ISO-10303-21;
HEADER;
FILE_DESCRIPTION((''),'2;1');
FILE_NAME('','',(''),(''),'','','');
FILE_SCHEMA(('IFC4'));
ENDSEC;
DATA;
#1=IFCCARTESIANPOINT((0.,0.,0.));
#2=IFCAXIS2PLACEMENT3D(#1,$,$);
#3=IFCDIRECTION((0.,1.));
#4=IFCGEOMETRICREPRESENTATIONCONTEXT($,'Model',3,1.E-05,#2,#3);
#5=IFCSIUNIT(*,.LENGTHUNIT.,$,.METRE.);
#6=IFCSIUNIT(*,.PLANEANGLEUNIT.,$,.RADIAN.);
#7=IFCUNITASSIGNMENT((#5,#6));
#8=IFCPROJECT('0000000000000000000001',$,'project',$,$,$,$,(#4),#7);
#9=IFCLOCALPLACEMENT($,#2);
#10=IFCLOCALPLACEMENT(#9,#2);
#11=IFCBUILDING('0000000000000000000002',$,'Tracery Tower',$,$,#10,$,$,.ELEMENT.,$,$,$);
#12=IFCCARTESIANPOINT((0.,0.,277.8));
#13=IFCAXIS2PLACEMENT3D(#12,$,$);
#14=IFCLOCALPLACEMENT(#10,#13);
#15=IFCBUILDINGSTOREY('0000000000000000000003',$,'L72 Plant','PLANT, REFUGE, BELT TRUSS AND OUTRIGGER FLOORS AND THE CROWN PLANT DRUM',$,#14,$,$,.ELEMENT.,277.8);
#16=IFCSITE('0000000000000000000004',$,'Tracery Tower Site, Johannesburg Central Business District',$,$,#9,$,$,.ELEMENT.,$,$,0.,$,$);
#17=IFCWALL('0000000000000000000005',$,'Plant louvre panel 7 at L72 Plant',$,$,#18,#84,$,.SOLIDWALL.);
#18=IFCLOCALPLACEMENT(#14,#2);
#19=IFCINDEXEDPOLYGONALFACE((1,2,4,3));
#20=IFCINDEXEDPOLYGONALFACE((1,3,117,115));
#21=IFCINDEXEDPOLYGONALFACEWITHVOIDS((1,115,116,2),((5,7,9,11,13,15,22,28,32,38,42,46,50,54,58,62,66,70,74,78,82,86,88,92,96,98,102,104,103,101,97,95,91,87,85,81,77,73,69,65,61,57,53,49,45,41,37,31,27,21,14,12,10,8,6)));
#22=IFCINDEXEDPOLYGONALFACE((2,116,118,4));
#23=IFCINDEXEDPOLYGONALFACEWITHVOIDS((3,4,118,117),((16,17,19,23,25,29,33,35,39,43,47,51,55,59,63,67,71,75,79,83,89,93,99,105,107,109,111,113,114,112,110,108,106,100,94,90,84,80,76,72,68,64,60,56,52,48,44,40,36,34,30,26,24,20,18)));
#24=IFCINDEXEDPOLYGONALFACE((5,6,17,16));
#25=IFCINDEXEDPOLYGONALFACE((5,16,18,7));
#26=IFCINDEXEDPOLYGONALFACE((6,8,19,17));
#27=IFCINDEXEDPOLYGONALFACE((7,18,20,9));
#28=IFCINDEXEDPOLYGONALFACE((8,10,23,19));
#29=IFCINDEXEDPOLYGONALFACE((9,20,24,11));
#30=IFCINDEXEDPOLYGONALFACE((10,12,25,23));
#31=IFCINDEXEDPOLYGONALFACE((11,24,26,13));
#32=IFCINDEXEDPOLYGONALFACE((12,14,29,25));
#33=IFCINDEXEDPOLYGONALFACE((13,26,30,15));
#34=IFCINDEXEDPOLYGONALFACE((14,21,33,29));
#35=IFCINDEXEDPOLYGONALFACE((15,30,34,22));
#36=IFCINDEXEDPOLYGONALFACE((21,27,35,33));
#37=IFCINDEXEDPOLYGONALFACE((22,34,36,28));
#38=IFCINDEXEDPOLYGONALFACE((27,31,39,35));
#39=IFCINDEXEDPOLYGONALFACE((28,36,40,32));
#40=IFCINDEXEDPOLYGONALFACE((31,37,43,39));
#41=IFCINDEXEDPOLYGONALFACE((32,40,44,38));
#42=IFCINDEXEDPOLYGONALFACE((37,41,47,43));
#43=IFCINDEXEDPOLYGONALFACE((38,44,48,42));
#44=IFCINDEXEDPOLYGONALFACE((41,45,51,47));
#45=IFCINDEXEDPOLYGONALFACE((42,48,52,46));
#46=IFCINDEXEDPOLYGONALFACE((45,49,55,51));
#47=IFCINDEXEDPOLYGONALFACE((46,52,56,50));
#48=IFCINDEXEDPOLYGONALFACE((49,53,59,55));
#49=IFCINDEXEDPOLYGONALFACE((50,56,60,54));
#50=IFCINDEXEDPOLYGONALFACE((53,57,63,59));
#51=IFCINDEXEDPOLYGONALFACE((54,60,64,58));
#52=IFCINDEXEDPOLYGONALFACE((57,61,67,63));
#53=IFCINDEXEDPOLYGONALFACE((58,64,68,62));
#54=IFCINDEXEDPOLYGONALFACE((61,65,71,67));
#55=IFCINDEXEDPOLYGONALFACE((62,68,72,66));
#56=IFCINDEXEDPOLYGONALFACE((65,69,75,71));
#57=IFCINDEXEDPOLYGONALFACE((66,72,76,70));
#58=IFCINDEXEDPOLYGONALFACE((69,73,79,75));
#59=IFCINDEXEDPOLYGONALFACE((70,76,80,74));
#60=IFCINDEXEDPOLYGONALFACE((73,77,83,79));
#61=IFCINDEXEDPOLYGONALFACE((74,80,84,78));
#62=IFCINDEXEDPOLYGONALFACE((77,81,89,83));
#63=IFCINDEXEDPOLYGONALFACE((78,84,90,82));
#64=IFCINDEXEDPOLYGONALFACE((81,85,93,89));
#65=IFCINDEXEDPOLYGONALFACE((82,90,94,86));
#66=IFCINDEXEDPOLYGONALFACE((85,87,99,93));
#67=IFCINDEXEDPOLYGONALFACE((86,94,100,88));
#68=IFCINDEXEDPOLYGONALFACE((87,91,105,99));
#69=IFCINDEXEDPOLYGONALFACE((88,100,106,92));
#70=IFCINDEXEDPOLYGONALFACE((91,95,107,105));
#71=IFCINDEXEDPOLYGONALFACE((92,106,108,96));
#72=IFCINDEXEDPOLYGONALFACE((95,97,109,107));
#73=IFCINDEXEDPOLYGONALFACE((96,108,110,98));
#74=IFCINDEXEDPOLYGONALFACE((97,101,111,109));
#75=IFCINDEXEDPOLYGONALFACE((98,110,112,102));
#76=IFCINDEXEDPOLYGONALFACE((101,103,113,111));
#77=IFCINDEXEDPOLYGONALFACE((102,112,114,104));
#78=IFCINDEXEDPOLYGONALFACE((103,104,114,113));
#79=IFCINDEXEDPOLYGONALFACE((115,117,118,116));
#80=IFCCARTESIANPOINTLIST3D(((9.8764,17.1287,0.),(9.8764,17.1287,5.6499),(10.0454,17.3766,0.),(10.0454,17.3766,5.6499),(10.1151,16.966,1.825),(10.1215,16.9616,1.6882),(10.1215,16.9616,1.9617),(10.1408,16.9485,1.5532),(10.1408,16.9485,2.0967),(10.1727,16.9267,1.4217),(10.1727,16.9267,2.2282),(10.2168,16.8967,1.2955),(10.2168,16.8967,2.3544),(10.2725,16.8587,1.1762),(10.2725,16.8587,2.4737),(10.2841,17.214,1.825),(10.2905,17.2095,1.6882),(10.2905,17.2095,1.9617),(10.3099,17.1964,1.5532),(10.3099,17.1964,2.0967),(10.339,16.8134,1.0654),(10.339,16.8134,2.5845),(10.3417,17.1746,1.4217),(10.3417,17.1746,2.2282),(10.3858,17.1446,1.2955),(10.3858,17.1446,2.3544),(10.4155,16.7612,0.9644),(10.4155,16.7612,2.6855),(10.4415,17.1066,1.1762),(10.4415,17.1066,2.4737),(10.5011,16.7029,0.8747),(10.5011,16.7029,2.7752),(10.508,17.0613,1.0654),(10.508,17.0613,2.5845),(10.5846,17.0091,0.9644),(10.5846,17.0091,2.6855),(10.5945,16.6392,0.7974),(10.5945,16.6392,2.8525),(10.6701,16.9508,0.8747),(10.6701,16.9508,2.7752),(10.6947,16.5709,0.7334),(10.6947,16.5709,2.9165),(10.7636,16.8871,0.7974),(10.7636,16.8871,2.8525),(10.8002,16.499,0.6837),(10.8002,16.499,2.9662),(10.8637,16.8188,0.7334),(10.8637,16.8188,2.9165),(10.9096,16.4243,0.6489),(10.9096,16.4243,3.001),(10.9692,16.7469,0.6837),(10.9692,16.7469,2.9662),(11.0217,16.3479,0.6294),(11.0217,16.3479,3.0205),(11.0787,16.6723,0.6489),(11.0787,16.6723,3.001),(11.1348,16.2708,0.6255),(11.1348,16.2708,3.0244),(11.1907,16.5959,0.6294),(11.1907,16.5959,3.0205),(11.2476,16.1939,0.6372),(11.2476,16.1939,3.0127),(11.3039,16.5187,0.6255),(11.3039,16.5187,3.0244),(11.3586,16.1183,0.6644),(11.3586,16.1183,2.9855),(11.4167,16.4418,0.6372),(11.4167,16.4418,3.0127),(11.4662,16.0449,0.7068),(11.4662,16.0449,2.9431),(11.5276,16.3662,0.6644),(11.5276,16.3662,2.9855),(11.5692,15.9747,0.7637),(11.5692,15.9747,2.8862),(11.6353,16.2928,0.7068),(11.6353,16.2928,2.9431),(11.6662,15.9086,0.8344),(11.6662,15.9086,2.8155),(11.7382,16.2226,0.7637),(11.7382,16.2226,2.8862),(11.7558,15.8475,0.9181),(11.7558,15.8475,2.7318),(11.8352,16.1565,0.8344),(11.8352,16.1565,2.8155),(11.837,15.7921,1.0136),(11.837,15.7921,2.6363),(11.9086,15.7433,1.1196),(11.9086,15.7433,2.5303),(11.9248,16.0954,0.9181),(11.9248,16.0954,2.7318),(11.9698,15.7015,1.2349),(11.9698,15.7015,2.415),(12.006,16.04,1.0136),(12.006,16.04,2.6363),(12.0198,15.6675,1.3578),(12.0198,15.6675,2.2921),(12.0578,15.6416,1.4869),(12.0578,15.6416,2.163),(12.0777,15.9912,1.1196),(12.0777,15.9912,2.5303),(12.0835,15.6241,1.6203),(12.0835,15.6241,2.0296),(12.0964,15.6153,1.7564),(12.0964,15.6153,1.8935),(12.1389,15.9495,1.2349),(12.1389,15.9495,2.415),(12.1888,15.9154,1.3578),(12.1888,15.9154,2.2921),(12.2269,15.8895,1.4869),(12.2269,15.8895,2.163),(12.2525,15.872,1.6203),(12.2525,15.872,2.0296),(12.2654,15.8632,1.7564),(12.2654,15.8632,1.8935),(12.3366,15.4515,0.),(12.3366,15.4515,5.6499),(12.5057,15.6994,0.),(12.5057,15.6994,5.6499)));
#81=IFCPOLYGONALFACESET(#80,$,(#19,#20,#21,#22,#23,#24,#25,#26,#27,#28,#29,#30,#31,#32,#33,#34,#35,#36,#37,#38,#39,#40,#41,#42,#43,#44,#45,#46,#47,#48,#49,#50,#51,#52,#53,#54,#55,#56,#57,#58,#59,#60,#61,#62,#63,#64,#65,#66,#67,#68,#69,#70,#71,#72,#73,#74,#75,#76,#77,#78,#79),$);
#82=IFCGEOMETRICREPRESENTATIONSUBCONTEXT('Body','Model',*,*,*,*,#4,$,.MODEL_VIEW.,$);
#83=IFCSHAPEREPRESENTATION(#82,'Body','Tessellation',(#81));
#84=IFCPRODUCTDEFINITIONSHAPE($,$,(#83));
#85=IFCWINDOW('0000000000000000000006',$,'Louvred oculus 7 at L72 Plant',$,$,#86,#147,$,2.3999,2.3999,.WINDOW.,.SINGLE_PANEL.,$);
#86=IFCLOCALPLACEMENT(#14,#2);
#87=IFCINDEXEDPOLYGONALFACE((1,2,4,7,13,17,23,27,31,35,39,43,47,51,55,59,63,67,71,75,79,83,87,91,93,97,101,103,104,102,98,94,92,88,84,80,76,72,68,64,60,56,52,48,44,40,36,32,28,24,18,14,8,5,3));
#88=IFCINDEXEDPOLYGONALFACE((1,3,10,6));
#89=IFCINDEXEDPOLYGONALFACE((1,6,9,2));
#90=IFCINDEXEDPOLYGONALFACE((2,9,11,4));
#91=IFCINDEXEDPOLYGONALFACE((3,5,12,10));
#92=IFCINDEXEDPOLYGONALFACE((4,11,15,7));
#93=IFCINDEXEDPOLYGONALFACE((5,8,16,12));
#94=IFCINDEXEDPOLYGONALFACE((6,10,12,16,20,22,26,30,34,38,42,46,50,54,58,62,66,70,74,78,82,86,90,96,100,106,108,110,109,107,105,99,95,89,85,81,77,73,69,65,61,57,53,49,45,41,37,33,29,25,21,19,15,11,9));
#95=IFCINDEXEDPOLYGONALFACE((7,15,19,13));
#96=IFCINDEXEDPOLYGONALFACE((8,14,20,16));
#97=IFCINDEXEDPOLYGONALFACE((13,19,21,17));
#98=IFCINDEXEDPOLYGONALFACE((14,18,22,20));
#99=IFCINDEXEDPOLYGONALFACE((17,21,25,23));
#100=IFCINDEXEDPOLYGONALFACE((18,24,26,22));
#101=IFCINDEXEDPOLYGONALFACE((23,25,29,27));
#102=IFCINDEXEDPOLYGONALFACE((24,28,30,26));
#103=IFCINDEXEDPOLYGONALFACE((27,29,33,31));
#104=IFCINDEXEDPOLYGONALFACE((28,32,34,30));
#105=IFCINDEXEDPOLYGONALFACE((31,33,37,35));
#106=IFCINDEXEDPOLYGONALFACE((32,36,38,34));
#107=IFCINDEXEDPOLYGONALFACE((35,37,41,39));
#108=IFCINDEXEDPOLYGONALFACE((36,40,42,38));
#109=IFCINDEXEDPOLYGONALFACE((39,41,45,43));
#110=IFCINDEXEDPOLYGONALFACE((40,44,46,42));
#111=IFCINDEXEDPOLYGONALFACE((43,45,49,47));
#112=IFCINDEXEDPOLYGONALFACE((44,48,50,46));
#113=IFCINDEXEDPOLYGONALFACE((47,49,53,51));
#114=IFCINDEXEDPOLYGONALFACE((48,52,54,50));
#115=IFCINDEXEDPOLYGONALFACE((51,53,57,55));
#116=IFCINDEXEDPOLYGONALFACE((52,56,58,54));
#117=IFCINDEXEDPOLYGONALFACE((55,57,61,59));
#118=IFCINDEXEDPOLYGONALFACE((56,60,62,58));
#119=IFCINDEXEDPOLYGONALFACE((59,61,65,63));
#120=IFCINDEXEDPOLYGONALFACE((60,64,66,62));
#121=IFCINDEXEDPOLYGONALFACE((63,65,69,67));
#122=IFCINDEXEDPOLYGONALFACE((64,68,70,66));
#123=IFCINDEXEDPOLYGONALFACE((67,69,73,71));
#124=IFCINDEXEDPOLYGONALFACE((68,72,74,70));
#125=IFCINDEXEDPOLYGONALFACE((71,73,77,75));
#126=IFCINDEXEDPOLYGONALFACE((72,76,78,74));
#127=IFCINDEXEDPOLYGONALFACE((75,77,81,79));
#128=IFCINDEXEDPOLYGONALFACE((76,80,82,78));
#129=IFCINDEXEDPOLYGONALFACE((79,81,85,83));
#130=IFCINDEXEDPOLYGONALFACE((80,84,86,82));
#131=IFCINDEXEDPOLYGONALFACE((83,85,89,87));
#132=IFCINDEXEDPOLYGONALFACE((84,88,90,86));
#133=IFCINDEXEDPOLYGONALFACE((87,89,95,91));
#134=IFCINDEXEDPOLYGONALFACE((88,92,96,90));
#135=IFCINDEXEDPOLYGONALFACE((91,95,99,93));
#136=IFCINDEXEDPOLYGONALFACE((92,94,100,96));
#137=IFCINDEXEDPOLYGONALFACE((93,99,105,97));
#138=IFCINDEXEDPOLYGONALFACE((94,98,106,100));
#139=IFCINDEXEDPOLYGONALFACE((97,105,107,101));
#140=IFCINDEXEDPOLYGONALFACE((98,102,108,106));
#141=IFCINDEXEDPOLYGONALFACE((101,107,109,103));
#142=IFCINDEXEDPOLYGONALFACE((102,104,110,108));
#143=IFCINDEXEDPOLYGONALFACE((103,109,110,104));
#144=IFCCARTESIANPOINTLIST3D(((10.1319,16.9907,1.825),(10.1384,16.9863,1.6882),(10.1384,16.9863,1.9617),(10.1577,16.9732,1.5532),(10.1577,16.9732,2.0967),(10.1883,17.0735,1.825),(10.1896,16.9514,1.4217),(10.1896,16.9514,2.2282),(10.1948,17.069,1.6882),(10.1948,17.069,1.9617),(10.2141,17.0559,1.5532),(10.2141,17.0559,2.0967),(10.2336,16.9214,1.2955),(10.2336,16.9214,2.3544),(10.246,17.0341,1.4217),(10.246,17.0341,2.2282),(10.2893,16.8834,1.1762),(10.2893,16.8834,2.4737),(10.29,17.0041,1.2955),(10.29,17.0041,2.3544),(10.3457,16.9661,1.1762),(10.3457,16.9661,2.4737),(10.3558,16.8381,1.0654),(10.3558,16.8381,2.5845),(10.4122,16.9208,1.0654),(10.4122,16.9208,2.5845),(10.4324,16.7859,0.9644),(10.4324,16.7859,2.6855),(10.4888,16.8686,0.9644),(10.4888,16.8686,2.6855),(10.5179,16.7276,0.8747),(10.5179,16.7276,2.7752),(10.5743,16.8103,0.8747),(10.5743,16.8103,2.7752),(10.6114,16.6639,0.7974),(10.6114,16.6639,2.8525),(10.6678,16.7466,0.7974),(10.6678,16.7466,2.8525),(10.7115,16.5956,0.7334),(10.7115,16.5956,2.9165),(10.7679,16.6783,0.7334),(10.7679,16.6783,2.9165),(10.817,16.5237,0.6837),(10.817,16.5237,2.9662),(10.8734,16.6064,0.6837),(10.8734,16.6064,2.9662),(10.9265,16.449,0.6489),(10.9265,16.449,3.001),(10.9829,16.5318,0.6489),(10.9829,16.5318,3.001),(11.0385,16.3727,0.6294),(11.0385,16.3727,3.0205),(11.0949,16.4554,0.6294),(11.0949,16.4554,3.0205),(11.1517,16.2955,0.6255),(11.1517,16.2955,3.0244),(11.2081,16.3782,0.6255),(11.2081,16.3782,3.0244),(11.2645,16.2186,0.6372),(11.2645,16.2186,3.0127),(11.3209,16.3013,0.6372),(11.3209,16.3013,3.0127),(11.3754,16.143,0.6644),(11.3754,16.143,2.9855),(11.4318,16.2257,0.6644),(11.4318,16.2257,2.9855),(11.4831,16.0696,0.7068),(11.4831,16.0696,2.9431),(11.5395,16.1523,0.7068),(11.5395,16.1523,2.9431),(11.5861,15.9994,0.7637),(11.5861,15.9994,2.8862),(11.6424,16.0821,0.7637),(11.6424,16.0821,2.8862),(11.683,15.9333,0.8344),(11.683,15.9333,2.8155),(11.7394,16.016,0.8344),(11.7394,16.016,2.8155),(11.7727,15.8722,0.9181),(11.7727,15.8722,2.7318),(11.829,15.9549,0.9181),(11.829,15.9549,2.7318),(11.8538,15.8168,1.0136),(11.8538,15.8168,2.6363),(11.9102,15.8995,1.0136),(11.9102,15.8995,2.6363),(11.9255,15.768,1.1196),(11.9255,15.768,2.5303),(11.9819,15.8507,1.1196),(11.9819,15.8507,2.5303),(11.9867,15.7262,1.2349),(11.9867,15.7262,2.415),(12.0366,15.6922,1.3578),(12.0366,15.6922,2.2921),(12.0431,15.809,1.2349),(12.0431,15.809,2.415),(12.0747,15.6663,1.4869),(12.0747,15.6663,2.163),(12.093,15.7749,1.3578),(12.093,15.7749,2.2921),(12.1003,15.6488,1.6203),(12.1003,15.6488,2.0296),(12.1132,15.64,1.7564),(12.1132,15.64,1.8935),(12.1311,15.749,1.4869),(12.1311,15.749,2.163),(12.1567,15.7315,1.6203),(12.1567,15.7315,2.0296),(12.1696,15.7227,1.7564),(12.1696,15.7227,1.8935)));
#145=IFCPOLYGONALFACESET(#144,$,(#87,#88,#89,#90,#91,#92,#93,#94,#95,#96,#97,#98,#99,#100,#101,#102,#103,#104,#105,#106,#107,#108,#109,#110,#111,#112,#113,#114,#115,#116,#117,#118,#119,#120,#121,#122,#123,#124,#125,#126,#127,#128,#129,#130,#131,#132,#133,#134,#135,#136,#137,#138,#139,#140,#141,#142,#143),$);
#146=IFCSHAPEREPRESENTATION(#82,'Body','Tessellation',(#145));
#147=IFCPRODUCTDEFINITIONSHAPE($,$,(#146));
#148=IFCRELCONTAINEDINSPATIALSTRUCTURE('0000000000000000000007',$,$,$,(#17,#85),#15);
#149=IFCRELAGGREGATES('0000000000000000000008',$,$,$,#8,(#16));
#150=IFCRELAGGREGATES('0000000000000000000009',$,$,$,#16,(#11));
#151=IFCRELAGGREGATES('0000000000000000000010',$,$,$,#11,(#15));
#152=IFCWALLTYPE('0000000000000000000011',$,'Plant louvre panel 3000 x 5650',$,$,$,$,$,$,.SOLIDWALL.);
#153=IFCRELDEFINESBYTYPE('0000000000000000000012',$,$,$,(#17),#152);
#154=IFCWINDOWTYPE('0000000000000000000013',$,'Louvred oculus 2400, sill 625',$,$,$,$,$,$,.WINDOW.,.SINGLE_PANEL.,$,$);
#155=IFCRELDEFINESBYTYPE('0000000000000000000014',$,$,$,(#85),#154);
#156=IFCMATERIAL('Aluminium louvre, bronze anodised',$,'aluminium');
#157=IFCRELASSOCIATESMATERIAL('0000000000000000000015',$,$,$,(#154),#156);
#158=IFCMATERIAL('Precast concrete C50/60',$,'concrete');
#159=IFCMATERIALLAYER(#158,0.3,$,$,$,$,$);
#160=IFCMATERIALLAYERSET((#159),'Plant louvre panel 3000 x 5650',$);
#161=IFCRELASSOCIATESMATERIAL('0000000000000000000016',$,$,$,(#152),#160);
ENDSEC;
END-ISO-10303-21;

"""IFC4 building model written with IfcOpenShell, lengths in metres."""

from ifc_helpers import new_model, si_unit, direction, frame, frame_2d, origin, origin_2d, place, context, subcontext, project, spatial, rectangle, circle, extrude, material, layer, layer_set, type_object, element, fill, save


model = new_model("IFC4")

# Units and contexts
model_context = context("Model", 3, precision=1e-05, world=origin(), true_north=direction((0.0, 1.0)))
body_context = subcontext(model_context, "Body", "Model", "MODEL_VIEW")
ifc_project = project(units=[si_unit("LENGTHUNIT", "METRE"), si_unit("PLANEANGLEUNIT", "RADIAN")], contexts=[model_context])

# Site, building, storey
site_placement = place(None, origin())
site = spatial("IfcSite", under=ifc_project, at=site_placement, Name="Tracery Tower Site, Johannesburg Central Business District", CompositionType="ELEMENT", RefElevation=0.0)
building_placement = place(site_placement, origin())
building = spatial("IfcBuilding", under=site, at=building_placement, Name="Tracery Tower", CompositionType="ELEMENT")
storey_placement = place(building_placement, frame((0.0, 0.0, 277.8)))
storey = spatial("IfcBuildingStorey", under=building, at=storey_placement, Name="L72 Plant", Description="PLANT, REFUGE, BELT TRUSS AND OUTRIGGER FLOORS AND THE CROWN PLANT DRUM", CompositionType="ELEMENT", Elevation=277.8)

# Wall, opening, window
ifc_material_1 = material(Name="Aluminium louvre, bronze anodised", Category="aluminium")
window_type = type_object("IfcWindowType", Name="Louvred oculus 2400, sill 625", PartitioningType="SINGLE_PANEL", PredefinedType="WINDOW", material=ifc_material_1)
ifc_material_2 = material(Name="Precast concrete C50/60", Category="concrete")
ifc_layer_1 = layer(ifc_material_2, 0.3)
ifc_layer_set_1 = layer_set([ifc_layer_1], Name="Plant louvre panel 3000 x 5650")
wall_type_1 = type_object("IfcWallType", Name="Plant louvre panel 3000 x 5650", PredefinedType="SOLIDWALL", material=ifc_layer_set_1)
wall_1_placement = place(storey_placement, frame((12.4211, 15.5754, 0.0), z_axis=(0.0, 0.0, 1.0), x_axis=(-0.826253, 0.563299, 0.0)))
wall_1 = element("IfcWall", 1, at=wall_1_placement, inside=storey, type_object=wall_type_1, Name="Plant louvre panel 7 at L72 Plant", PredefinedType="SOLIDWALL", context=body_context, shape_type="SweptSolid", body=[
    extrude(rectangle(XDim=2.9775, YDim=0.3, at=frame_2d((1.4888, 0.0))), origin(), (0.0, 0.0, 1.0), 5.6499),
])
opening_1_placement = place(wall_1_placement, frame((1.4888, 0.0, 1.825)))
opening_1 = element("IfcOpeningElement", 2, at=opening_1_placement, cuts=wall_1, PredefinedType="OPENING", context=body_context, shape_type="SweptSolid", body=[
    extrude(circle(Radius=1.2, at=origin_2d()), frame((0.0, 0.1599, 0.0), z_axis=(0.0, -1.0, 0.0), x_axis=(1.0, 0.0, 0.0)), (0.0, 0.0, 1.0), 0.3201),
])
window_1_placement = place(opening_1_placement, origin())
window_1 = element("IfcWindow", 3, at=window_1_placement, inside=storey, type_object=window_type, Name="Louvred oculus 7 at L72 Plant", OverallHeight=2.3999, OverallWidth=2.3999, PartitioningType="SINGLE_PANEL", PredefinedType="WINDOW", context=body_context, shape_type="SweptSolid", body=[
    extrude(circle(Radius=1.2, at=origin_2d()), frame((0.0, 0.1201, 0.0), z_axis=(0.0, -1.0, 0.0), x_axis=(1.0, 0.0, 0.0)), (0.0, 0.0, 1.0), 0.1001),
])
fill(opening_1, window_1)

save(model, "model.ifc")
